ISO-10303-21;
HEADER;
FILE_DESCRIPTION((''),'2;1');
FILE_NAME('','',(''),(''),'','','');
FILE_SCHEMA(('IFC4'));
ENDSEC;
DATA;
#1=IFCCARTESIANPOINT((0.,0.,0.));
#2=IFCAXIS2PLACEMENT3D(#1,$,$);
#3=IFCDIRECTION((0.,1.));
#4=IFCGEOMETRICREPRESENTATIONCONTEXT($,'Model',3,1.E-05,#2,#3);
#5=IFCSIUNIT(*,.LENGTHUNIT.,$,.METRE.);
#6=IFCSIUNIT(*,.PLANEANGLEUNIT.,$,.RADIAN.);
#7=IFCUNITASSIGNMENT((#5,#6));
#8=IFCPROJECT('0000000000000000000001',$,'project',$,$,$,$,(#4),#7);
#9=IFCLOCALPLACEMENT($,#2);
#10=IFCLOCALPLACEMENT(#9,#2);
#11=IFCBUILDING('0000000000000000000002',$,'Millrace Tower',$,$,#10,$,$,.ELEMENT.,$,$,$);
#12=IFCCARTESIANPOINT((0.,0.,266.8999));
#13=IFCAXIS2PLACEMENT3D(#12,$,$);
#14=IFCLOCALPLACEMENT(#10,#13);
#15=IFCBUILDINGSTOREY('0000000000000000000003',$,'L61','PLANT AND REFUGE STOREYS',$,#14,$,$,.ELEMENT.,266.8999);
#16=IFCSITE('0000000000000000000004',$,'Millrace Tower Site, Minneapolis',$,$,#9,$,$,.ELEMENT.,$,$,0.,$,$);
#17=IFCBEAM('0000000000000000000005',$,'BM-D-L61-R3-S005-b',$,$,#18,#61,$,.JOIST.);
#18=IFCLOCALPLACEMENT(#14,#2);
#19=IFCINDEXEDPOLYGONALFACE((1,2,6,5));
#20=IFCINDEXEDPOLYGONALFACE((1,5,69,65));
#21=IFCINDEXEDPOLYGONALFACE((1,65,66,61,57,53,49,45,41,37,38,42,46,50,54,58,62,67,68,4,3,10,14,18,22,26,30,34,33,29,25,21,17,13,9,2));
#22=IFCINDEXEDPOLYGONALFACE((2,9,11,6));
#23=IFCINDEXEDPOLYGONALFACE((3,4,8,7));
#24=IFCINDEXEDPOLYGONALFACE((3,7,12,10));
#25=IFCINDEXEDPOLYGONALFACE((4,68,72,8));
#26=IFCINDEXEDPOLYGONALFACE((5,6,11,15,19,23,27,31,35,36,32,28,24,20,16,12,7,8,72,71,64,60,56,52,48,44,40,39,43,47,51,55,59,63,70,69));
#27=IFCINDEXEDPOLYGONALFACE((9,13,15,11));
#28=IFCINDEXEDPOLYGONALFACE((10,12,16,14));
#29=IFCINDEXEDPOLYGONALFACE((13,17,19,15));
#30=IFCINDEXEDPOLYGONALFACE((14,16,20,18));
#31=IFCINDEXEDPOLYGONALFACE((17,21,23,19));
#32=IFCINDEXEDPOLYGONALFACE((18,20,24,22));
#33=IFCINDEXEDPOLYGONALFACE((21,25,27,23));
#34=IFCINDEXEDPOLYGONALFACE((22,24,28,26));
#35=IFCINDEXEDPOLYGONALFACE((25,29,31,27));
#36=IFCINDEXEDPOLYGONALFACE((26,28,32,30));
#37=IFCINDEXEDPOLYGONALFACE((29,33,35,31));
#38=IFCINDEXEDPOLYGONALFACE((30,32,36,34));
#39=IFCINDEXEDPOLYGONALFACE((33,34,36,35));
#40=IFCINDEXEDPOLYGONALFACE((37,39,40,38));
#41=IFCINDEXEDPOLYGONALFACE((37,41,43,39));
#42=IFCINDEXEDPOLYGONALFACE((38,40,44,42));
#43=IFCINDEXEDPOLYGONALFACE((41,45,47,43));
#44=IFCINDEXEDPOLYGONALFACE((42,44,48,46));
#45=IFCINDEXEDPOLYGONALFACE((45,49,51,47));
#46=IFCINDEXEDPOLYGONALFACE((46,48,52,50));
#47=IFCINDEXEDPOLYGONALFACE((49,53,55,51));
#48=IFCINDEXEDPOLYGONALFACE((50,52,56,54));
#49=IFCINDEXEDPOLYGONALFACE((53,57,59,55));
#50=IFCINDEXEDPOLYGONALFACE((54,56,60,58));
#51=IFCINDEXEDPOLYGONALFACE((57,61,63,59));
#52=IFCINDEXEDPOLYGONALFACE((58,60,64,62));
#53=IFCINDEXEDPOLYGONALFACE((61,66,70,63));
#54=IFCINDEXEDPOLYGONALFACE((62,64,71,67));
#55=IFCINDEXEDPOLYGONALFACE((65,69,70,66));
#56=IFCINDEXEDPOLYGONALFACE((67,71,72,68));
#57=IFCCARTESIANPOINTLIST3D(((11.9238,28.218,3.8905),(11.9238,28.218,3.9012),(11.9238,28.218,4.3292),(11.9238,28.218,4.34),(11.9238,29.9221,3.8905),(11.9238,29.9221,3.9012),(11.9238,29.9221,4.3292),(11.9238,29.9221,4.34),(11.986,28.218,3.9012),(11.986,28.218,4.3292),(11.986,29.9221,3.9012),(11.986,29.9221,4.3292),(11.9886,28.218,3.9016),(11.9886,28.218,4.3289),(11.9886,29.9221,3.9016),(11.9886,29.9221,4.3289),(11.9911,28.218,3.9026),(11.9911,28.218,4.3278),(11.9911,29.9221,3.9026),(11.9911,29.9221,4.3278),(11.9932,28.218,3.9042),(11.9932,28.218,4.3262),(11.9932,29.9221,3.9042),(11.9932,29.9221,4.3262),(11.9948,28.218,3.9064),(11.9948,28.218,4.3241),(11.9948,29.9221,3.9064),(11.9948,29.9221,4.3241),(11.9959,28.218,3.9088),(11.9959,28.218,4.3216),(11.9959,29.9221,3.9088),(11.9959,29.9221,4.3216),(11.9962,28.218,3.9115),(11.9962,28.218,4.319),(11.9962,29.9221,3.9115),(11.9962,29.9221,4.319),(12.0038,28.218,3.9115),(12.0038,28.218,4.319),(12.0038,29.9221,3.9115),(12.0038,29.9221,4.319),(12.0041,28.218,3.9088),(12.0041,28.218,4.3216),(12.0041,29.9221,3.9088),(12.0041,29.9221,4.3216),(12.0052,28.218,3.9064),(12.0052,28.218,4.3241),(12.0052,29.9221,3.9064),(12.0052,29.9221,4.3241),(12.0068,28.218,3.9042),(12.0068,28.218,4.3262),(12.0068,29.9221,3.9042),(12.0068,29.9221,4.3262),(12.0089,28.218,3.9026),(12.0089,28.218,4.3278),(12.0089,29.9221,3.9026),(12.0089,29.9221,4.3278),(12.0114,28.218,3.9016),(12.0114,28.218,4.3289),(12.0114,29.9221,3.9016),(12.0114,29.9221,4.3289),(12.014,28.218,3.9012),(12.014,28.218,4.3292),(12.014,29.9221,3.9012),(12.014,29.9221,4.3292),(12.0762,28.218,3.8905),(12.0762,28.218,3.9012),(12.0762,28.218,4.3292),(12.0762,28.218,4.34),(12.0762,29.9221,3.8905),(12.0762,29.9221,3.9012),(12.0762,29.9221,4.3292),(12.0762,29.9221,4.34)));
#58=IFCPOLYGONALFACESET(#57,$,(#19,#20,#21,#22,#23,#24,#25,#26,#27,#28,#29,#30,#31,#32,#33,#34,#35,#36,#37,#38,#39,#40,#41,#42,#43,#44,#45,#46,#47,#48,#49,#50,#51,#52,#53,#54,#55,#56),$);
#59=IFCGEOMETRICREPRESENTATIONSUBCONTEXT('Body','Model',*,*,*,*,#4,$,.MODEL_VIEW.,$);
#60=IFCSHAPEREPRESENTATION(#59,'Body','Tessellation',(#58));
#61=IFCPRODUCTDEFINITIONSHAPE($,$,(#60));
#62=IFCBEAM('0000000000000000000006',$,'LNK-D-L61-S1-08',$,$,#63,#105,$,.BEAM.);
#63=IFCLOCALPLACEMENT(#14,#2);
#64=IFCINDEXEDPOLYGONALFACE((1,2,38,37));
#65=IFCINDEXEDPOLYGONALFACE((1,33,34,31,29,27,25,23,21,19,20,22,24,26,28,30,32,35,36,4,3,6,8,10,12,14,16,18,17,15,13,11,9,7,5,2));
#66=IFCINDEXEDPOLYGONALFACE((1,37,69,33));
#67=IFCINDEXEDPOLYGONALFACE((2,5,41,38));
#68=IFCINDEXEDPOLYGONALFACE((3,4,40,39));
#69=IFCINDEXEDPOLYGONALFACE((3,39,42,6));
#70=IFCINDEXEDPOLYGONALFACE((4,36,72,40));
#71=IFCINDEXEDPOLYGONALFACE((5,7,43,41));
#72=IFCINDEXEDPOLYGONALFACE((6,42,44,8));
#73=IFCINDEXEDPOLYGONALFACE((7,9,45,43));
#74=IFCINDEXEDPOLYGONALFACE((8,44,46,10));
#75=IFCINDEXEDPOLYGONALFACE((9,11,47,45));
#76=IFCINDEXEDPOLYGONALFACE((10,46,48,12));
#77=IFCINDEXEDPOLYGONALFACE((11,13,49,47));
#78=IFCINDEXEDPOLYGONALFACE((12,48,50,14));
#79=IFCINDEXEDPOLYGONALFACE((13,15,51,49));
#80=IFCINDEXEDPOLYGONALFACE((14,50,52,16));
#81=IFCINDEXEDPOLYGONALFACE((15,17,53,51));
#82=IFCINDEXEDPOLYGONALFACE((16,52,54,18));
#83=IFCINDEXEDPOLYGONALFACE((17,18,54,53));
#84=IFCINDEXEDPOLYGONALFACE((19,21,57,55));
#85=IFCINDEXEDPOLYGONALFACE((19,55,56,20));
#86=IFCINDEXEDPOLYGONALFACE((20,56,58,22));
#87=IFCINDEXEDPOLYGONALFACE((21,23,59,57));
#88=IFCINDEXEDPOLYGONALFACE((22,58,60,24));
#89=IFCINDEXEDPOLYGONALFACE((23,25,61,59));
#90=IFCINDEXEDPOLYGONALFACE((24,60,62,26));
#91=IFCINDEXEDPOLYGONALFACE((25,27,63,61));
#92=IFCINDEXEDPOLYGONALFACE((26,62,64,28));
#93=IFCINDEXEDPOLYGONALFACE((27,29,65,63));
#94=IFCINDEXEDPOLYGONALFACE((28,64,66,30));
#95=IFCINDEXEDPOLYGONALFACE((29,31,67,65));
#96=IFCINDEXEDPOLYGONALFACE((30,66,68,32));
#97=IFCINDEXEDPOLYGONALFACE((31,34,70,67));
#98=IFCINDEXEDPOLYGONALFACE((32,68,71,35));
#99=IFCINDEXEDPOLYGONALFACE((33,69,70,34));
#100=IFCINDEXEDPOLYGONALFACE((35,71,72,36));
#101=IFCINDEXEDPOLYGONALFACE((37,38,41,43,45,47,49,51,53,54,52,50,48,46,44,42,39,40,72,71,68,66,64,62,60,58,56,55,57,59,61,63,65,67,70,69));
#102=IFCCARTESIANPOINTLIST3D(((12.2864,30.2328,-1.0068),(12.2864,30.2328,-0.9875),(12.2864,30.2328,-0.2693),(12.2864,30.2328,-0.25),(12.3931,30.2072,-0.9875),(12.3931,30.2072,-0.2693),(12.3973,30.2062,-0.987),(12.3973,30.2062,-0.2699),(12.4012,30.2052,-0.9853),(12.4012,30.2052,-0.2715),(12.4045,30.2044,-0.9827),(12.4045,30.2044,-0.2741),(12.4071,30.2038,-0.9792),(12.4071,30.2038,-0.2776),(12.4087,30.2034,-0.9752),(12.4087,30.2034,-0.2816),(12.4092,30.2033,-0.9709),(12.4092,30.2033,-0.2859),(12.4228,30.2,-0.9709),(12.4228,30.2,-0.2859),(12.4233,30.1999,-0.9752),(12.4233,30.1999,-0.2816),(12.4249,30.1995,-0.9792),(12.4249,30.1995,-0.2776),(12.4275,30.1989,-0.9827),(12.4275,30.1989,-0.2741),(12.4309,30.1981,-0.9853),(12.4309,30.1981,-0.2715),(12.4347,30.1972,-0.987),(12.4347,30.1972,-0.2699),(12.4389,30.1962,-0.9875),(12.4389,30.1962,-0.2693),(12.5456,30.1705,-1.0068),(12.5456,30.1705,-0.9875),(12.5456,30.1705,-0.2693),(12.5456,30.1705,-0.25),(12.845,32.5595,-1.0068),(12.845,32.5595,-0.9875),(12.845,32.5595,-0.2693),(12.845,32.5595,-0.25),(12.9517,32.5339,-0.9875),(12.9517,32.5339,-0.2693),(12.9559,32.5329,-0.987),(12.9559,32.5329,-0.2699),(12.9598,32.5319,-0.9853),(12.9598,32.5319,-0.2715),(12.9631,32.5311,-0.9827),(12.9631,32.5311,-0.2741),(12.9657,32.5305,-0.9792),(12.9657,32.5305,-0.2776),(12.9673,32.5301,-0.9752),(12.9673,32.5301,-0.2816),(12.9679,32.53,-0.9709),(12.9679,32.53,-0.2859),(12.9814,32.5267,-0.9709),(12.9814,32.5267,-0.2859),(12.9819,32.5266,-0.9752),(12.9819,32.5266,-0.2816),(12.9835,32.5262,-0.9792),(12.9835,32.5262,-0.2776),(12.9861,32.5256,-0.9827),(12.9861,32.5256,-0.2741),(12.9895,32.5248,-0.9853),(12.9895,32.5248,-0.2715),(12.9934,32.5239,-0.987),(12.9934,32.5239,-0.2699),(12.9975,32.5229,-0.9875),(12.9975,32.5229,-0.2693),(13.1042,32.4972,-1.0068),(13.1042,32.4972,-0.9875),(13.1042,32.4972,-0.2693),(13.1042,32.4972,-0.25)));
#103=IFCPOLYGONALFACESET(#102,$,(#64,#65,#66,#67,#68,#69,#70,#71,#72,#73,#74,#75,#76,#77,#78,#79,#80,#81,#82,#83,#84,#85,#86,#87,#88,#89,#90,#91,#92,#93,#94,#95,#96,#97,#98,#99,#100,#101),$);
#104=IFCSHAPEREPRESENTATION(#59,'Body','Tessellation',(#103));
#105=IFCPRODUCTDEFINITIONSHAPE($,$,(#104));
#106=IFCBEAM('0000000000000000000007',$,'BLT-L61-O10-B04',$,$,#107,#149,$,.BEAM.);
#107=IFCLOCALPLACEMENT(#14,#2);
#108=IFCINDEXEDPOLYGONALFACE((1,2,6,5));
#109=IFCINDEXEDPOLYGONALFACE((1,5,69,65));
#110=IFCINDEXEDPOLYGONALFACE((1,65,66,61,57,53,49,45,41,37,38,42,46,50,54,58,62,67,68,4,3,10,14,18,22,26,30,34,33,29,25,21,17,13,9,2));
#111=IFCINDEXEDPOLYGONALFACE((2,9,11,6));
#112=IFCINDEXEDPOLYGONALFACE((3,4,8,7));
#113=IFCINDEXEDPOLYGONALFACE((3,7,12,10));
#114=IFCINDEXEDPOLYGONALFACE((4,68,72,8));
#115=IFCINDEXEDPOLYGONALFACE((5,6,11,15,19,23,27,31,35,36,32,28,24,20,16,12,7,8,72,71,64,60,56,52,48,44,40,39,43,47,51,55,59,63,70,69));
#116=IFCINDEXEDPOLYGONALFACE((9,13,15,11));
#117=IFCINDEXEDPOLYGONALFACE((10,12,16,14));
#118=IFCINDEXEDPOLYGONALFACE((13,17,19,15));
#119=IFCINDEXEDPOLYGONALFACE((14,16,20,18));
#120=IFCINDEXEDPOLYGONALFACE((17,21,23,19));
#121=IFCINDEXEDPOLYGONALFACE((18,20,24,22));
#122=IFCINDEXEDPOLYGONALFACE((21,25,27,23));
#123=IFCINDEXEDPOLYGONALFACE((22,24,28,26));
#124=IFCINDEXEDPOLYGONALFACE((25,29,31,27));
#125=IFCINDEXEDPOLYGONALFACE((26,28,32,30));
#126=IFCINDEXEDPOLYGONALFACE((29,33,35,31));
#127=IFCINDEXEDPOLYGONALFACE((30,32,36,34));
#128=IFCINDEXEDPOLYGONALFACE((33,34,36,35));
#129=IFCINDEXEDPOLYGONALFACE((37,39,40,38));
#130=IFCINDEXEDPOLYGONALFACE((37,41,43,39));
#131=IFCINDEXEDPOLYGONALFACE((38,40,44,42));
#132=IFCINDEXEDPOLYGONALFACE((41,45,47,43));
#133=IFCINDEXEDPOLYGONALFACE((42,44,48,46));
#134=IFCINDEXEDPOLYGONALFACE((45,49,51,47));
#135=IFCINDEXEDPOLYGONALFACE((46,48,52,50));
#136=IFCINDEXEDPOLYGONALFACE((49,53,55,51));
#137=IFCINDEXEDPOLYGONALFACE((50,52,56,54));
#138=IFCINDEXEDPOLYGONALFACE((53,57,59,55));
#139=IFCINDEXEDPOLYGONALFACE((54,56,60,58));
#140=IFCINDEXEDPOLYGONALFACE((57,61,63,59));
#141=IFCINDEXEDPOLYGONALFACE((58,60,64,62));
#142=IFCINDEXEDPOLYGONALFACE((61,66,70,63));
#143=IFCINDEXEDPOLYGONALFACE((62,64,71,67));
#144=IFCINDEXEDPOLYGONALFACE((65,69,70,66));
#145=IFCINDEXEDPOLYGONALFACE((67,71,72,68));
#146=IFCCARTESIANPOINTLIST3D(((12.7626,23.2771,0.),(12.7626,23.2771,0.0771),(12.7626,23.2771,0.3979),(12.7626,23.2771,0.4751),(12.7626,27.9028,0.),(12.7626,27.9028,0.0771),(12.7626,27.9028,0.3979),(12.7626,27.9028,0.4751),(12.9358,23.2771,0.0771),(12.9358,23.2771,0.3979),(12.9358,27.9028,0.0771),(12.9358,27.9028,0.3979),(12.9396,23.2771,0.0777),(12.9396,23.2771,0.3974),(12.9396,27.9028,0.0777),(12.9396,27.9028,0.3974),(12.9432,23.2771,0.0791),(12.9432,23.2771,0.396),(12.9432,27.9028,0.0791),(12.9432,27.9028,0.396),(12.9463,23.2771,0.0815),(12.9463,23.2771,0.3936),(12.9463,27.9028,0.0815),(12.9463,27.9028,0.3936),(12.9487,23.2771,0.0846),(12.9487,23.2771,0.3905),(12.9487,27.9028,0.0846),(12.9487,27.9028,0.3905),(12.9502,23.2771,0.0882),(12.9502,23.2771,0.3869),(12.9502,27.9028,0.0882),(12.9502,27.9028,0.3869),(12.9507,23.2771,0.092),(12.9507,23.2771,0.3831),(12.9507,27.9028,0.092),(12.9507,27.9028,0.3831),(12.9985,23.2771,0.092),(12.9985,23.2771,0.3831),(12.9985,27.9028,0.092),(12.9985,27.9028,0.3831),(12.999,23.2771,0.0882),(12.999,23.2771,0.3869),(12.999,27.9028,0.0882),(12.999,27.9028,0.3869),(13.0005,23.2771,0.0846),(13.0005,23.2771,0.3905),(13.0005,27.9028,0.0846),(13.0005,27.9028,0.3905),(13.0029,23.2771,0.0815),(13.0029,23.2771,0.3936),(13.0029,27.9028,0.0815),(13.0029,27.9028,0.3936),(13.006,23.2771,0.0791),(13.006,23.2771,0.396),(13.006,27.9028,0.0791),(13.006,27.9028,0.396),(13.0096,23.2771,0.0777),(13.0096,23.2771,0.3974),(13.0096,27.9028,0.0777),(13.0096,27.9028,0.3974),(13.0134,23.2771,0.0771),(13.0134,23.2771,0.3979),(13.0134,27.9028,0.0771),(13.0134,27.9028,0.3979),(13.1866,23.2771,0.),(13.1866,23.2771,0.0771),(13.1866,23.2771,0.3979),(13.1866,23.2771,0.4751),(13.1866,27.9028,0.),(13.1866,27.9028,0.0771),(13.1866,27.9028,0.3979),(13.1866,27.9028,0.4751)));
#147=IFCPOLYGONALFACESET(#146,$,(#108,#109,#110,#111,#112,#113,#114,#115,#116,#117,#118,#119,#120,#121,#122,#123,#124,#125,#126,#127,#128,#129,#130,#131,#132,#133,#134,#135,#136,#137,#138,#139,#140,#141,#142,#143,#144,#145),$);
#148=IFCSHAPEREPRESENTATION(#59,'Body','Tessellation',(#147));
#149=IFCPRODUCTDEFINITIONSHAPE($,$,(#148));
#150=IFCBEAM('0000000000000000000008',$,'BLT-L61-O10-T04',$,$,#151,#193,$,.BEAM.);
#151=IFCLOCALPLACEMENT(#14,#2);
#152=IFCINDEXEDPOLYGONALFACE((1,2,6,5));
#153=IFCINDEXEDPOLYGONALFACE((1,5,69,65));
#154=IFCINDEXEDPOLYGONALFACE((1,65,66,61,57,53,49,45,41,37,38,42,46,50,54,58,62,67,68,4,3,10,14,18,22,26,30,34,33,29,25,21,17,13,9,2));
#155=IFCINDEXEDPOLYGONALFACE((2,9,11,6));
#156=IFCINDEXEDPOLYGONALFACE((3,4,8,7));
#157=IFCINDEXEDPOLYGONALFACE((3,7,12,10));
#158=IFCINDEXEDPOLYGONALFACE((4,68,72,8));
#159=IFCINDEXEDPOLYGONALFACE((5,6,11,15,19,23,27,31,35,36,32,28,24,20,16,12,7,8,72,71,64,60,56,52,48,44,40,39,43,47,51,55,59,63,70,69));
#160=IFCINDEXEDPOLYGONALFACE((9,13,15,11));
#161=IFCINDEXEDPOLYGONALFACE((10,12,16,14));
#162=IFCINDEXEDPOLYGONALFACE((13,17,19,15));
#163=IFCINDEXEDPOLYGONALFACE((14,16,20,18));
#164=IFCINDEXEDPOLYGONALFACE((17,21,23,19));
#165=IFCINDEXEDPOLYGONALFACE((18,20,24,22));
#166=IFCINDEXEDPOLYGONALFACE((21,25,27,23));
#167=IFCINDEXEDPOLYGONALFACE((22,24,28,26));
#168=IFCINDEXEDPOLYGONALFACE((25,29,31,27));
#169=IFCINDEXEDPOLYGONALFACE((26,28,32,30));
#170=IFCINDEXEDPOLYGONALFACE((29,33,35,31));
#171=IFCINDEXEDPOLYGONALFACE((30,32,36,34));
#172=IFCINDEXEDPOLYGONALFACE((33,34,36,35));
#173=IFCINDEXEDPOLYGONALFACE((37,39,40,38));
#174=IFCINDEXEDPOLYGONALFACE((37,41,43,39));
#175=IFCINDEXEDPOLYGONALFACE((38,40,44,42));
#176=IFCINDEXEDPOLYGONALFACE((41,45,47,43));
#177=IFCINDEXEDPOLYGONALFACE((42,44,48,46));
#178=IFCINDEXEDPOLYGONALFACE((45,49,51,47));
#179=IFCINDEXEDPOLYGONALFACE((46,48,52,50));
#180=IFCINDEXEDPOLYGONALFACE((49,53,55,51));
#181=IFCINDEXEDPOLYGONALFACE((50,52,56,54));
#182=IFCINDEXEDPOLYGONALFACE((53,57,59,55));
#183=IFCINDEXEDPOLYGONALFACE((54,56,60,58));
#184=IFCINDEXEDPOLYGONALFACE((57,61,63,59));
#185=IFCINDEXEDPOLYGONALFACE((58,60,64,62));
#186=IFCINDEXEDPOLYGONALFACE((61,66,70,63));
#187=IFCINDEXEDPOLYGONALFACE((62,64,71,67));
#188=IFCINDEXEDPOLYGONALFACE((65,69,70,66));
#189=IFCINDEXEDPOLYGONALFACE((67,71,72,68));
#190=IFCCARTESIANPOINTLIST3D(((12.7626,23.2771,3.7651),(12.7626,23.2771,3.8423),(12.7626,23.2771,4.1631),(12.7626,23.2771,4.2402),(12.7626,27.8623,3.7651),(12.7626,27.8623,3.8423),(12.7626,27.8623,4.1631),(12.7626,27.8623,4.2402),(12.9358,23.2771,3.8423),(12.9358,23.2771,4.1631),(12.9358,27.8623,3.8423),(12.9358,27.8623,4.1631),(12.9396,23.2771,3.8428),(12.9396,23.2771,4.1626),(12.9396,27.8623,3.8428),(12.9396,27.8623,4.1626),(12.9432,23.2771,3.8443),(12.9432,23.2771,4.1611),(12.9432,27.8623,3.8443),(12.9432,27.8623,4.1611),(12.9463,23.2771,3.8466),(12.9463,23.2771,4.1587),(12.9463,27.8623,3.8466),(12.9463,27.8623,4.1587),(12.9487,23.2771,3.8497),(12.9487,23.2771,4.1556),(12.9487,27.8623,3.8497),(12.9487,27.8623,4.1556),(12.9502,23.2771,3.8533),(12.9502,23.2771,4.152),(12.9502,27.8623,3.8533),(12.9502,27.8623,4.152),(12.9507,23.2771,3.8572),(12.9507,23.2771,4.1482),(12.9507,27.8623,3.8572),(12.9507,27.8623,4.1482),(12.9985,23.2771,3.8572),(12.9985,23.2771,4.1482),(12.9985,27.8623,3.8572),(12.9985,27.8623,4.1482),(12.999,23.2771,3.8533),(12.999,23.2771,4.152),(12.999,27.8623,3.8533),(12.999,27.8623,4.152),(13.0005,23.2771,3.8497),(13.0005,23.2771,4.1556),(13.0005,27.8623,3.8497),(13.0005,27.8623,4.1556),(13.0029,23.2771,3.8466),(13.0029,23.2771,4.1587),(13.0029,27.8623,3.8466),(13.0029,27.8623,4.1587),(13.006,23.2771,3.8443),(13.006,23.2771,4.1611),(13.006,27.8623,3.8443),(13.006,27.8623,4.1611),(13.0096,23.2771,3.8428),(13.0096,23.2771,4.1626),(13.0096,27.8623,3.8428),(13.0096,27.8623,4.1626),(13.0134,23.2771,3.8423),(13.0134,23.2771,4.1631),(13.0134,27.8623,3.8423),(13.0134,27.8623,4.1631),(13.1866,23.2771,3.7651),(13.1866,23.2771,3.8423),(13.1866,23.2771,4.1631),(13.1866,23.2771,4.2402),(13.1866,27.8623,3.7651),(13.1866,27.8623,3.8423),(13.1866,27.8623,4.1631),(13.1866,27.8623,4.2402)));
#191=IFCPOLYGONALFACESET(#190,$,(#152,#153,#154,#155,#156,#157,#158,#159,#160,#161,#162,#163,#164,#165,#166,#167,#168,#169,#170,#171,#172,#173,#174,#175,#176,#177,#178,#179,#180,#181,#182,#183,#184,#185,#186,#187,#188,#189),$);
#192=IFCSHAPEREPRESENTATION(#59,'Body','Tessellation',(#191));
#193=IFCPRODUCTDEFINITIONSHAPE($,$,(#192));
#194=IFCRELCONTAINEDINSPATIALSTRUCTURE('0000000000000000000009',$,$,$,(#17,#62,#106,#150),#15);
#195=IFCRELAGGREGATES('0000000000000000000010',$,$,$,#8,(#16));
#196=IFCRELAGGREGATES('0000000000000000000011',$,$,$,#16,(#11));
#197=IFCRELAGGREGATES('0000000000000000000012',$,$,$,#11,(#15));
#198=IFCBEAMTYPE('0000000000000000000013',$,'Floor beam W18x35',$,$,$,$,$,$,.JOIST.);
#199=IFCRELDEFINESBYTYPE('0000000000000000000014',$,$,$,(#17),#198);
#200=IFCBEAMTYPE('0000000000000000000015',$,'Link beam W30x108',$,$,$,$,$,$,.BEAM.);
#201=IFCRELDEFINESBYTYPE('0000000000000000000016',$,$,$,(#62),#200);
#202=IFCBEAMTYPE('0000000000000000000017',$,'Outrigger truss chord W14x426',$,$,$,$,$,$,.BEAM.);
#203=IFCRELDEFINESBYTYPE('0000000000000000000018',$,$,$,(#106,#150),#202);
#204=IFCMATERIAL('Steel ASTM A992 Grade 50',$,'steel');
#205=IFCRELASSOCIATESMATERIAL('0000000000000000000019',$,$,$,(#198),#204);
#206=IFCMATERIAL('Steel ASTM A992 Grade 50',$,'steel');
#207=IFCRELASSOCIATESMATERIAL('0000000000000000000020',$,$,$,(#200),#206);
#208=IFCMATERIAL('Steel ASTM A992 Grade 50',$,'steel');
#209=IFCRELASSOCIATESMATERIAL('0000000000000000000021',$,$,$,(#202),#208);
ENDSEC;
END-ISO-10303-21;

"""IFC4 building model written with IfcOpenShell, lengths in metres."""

from ifc_helpers import new_model, si_unit, direction, frame, origin, origin_2d, place, context, subcontext, project, spatial, i_section, extrude, material, material_profile, profile_set, type_object, element, save


model = new_model("IFC4")

# Units and contexts
model_context = context("Model", 3, precision=1e-05, world=origin(), true_north=direction((0.0, 1.0)))
body_context = subcontext(model_context, "Body", "Model", "MODEL_VIEW")
ifc_project = project(units=[si_unit("LENGTHUNIT", "METRE"), si_unit("PLANEANGLEUNIT", "RADIAN")], contexts=[model_context])

# Site, building, storey
site_placement = place(None, origin())
site = spatial("IfcSite", under=ifc_project, at=site_placement, Name="Millrace Tower Site, Minneapolis", CompositionType="ELEMENT", RefElevation=0.0)
building_placement = place(site_placement, origin())
building = spatial("IfcBuilding", under=site, at=building_placement, Name="Millrace Tower", CompositionType="ELEMENT")
storey_placement = place(building_placement, frame((0.0, 0.0, 266.8999)))
storey = spatial("IfcBuildingStorey", under=building, at=storey_placement, Name="L61", Description="PLANT AND REFUGE STOREYS", CompositionType="ELEMENT", Elevation=266.8999)

# Beams
ifc_material_1 = material(Name="Steel ASTM A992 Grade 50", Category="steel")
ifc_material_profile_1 = material_profile(ifc_material_1, i_section(OverallWidth=0.1523, OverallDepth=0.4495, WebThickness=0.0076, FlangeThickness=0.0107, FilletRadius=0.0103, at=origin_2d()))
ifc_profile_set_1 = profile_set([ifc_material_profile_1], Name="Steel ASTM A992 Grade 50")
beam_type_1 = type_object("IfcBeamType", Name="Floor beam W18x35", PredefinedType="JOIST", material=ifc_profile_set_1)
beam_1_placement = place(storey_placement, frame((12.0, 28.218, 4.1152), z_axis=(0.0, 1.0, 0.0), x_axis=(-1.0, 0.0, 0.0)))
element("IfcBeam", 1, at=beam_1_placement, inside=storey, type_object=beam_type_1, Name="BM-D-L61-R3-S005-b", PredefinedType="JOIST", context=body_context, shape_type="SweptSolid", body=[
    extrude(i_section(OverallWidth=0.1523, OverallDepth=0.4495, WebThickness=0.0076, FlangeThickness=0.0107, FilletRadius=0.0103, at=origin_2d()), origin(), (0.0, 0.0, 1.0), 1.7041),
])
ifc_material_2 = material(Name="Steel ASTM A992 Grade 50", Category="steel")
ifc_material_profile_2 = material_profile(ifc_material_2, i_section(OverallWidth=0.2666, OverallDepth=0.7568, WebThickness=0.0139, FlangeThickness=0.0193, FilletRadius=0.0166, at=origin_2d()))
ifc_profile_set_2 = profile_set([ifc_material_profile_2], Name="Steel ASTM A992 Grade 50")
beam_type_2 = type_object("IfcBeamType", Name="Link beam W30x108", PredefinedType="BEAM", material=ifc_profile_set_2)
beam_2_placement = place(storey_placement, frame((12.416, 30.2017, -0.6284), z_axis=(0.23345, 0.972369, 0.0), x_axis=(-0.972369, 0.23345, 0.0)))
element("IfcBeam", 2, at=beam_2_placement, inside=storey, type_object=beam_type_2, Name="LNK-D-L61-S1-08", PredefinedType="BEAM", context=body_context, shape_type="SweptSolid", body=[
    extrude(i_section(OverallWidth=0.2666, OverallDepth=0.7568, WebThickness=0.0139, FlangeThickness=0.0193, FilletRadius=0.0166, at=origin_2d()), origin(), (0.0, 0.0, 1.0), 2.3928),
])
ifc_material_3 = material(Name="Steel ASTM A992 Grade 50", Category="steel")
ifc_material_profile_3 = material_profile(ifc_material_3, i_section(OverallWidth=0.4241, OverallDepth=0.4751, WebThickness=0.0479, FlangeThickness=0.0771, FilletRadius=0.0149, at=origin_2d()))
ifc_profile_set_3 = profile_set([ifc_material_profile_3], Name="Steel ASTM A992 Grade 50")
beam_type_3 = type_object("IfcBeamType", Name="Outrigger truss chord W14x426", PredefinedType="BEAM", material=ifc_profile_set_3)
beam_3_placement = place(storey_placement, frame((12.9746, 23.2771, 0.2375), z_axis=(0.0, 1.0, 0.0), x_axis=(-1.0, 0.0, 0.0)))
element("IfcBeam", 3, at=beam_3_placement, inside=storey, type_object=beam_type_3, Name="BLT-L61-O10-B04", PredefinedType="BEAM", context=body_context, shape_type="SweptSolid", body=[
    extrude(i_section(OverallWidth=0.4241, OverallDepth=0.4751, WebThickness=0.0479, FlangeThickness=0.0771, FilletRadius=0.0149, at=origin_2d()), origin(), (0.0, 0.0, 1.0), 4.6257),
])
beam_4_placement = place(storey_placement, frame((12.9746, 23.2771, 4.0027), z_axis=(0.0, 1.0, 0.0), x_axis=(-1.0, 0.0, 0.0)))
element("IfcBeam", 4, at=beam_4_placement, inside=storey, type_object=beam_type_3, Name="BLT-L61-O10-T04", PredefinedType="BEAM", context=body_context, shape_type="SweptSolid", body=[
    extrude(i_section(OverallWidth=0.4241, OverallDepth=0.4751, WebThickness=0.0479, FlangeThickness=0.0771, FilletRadius=0.0149, at=origin_2d()), origin(), (0.0, 0.0, 1.0), 4.5852),
])

save(model, "model.ifc")
